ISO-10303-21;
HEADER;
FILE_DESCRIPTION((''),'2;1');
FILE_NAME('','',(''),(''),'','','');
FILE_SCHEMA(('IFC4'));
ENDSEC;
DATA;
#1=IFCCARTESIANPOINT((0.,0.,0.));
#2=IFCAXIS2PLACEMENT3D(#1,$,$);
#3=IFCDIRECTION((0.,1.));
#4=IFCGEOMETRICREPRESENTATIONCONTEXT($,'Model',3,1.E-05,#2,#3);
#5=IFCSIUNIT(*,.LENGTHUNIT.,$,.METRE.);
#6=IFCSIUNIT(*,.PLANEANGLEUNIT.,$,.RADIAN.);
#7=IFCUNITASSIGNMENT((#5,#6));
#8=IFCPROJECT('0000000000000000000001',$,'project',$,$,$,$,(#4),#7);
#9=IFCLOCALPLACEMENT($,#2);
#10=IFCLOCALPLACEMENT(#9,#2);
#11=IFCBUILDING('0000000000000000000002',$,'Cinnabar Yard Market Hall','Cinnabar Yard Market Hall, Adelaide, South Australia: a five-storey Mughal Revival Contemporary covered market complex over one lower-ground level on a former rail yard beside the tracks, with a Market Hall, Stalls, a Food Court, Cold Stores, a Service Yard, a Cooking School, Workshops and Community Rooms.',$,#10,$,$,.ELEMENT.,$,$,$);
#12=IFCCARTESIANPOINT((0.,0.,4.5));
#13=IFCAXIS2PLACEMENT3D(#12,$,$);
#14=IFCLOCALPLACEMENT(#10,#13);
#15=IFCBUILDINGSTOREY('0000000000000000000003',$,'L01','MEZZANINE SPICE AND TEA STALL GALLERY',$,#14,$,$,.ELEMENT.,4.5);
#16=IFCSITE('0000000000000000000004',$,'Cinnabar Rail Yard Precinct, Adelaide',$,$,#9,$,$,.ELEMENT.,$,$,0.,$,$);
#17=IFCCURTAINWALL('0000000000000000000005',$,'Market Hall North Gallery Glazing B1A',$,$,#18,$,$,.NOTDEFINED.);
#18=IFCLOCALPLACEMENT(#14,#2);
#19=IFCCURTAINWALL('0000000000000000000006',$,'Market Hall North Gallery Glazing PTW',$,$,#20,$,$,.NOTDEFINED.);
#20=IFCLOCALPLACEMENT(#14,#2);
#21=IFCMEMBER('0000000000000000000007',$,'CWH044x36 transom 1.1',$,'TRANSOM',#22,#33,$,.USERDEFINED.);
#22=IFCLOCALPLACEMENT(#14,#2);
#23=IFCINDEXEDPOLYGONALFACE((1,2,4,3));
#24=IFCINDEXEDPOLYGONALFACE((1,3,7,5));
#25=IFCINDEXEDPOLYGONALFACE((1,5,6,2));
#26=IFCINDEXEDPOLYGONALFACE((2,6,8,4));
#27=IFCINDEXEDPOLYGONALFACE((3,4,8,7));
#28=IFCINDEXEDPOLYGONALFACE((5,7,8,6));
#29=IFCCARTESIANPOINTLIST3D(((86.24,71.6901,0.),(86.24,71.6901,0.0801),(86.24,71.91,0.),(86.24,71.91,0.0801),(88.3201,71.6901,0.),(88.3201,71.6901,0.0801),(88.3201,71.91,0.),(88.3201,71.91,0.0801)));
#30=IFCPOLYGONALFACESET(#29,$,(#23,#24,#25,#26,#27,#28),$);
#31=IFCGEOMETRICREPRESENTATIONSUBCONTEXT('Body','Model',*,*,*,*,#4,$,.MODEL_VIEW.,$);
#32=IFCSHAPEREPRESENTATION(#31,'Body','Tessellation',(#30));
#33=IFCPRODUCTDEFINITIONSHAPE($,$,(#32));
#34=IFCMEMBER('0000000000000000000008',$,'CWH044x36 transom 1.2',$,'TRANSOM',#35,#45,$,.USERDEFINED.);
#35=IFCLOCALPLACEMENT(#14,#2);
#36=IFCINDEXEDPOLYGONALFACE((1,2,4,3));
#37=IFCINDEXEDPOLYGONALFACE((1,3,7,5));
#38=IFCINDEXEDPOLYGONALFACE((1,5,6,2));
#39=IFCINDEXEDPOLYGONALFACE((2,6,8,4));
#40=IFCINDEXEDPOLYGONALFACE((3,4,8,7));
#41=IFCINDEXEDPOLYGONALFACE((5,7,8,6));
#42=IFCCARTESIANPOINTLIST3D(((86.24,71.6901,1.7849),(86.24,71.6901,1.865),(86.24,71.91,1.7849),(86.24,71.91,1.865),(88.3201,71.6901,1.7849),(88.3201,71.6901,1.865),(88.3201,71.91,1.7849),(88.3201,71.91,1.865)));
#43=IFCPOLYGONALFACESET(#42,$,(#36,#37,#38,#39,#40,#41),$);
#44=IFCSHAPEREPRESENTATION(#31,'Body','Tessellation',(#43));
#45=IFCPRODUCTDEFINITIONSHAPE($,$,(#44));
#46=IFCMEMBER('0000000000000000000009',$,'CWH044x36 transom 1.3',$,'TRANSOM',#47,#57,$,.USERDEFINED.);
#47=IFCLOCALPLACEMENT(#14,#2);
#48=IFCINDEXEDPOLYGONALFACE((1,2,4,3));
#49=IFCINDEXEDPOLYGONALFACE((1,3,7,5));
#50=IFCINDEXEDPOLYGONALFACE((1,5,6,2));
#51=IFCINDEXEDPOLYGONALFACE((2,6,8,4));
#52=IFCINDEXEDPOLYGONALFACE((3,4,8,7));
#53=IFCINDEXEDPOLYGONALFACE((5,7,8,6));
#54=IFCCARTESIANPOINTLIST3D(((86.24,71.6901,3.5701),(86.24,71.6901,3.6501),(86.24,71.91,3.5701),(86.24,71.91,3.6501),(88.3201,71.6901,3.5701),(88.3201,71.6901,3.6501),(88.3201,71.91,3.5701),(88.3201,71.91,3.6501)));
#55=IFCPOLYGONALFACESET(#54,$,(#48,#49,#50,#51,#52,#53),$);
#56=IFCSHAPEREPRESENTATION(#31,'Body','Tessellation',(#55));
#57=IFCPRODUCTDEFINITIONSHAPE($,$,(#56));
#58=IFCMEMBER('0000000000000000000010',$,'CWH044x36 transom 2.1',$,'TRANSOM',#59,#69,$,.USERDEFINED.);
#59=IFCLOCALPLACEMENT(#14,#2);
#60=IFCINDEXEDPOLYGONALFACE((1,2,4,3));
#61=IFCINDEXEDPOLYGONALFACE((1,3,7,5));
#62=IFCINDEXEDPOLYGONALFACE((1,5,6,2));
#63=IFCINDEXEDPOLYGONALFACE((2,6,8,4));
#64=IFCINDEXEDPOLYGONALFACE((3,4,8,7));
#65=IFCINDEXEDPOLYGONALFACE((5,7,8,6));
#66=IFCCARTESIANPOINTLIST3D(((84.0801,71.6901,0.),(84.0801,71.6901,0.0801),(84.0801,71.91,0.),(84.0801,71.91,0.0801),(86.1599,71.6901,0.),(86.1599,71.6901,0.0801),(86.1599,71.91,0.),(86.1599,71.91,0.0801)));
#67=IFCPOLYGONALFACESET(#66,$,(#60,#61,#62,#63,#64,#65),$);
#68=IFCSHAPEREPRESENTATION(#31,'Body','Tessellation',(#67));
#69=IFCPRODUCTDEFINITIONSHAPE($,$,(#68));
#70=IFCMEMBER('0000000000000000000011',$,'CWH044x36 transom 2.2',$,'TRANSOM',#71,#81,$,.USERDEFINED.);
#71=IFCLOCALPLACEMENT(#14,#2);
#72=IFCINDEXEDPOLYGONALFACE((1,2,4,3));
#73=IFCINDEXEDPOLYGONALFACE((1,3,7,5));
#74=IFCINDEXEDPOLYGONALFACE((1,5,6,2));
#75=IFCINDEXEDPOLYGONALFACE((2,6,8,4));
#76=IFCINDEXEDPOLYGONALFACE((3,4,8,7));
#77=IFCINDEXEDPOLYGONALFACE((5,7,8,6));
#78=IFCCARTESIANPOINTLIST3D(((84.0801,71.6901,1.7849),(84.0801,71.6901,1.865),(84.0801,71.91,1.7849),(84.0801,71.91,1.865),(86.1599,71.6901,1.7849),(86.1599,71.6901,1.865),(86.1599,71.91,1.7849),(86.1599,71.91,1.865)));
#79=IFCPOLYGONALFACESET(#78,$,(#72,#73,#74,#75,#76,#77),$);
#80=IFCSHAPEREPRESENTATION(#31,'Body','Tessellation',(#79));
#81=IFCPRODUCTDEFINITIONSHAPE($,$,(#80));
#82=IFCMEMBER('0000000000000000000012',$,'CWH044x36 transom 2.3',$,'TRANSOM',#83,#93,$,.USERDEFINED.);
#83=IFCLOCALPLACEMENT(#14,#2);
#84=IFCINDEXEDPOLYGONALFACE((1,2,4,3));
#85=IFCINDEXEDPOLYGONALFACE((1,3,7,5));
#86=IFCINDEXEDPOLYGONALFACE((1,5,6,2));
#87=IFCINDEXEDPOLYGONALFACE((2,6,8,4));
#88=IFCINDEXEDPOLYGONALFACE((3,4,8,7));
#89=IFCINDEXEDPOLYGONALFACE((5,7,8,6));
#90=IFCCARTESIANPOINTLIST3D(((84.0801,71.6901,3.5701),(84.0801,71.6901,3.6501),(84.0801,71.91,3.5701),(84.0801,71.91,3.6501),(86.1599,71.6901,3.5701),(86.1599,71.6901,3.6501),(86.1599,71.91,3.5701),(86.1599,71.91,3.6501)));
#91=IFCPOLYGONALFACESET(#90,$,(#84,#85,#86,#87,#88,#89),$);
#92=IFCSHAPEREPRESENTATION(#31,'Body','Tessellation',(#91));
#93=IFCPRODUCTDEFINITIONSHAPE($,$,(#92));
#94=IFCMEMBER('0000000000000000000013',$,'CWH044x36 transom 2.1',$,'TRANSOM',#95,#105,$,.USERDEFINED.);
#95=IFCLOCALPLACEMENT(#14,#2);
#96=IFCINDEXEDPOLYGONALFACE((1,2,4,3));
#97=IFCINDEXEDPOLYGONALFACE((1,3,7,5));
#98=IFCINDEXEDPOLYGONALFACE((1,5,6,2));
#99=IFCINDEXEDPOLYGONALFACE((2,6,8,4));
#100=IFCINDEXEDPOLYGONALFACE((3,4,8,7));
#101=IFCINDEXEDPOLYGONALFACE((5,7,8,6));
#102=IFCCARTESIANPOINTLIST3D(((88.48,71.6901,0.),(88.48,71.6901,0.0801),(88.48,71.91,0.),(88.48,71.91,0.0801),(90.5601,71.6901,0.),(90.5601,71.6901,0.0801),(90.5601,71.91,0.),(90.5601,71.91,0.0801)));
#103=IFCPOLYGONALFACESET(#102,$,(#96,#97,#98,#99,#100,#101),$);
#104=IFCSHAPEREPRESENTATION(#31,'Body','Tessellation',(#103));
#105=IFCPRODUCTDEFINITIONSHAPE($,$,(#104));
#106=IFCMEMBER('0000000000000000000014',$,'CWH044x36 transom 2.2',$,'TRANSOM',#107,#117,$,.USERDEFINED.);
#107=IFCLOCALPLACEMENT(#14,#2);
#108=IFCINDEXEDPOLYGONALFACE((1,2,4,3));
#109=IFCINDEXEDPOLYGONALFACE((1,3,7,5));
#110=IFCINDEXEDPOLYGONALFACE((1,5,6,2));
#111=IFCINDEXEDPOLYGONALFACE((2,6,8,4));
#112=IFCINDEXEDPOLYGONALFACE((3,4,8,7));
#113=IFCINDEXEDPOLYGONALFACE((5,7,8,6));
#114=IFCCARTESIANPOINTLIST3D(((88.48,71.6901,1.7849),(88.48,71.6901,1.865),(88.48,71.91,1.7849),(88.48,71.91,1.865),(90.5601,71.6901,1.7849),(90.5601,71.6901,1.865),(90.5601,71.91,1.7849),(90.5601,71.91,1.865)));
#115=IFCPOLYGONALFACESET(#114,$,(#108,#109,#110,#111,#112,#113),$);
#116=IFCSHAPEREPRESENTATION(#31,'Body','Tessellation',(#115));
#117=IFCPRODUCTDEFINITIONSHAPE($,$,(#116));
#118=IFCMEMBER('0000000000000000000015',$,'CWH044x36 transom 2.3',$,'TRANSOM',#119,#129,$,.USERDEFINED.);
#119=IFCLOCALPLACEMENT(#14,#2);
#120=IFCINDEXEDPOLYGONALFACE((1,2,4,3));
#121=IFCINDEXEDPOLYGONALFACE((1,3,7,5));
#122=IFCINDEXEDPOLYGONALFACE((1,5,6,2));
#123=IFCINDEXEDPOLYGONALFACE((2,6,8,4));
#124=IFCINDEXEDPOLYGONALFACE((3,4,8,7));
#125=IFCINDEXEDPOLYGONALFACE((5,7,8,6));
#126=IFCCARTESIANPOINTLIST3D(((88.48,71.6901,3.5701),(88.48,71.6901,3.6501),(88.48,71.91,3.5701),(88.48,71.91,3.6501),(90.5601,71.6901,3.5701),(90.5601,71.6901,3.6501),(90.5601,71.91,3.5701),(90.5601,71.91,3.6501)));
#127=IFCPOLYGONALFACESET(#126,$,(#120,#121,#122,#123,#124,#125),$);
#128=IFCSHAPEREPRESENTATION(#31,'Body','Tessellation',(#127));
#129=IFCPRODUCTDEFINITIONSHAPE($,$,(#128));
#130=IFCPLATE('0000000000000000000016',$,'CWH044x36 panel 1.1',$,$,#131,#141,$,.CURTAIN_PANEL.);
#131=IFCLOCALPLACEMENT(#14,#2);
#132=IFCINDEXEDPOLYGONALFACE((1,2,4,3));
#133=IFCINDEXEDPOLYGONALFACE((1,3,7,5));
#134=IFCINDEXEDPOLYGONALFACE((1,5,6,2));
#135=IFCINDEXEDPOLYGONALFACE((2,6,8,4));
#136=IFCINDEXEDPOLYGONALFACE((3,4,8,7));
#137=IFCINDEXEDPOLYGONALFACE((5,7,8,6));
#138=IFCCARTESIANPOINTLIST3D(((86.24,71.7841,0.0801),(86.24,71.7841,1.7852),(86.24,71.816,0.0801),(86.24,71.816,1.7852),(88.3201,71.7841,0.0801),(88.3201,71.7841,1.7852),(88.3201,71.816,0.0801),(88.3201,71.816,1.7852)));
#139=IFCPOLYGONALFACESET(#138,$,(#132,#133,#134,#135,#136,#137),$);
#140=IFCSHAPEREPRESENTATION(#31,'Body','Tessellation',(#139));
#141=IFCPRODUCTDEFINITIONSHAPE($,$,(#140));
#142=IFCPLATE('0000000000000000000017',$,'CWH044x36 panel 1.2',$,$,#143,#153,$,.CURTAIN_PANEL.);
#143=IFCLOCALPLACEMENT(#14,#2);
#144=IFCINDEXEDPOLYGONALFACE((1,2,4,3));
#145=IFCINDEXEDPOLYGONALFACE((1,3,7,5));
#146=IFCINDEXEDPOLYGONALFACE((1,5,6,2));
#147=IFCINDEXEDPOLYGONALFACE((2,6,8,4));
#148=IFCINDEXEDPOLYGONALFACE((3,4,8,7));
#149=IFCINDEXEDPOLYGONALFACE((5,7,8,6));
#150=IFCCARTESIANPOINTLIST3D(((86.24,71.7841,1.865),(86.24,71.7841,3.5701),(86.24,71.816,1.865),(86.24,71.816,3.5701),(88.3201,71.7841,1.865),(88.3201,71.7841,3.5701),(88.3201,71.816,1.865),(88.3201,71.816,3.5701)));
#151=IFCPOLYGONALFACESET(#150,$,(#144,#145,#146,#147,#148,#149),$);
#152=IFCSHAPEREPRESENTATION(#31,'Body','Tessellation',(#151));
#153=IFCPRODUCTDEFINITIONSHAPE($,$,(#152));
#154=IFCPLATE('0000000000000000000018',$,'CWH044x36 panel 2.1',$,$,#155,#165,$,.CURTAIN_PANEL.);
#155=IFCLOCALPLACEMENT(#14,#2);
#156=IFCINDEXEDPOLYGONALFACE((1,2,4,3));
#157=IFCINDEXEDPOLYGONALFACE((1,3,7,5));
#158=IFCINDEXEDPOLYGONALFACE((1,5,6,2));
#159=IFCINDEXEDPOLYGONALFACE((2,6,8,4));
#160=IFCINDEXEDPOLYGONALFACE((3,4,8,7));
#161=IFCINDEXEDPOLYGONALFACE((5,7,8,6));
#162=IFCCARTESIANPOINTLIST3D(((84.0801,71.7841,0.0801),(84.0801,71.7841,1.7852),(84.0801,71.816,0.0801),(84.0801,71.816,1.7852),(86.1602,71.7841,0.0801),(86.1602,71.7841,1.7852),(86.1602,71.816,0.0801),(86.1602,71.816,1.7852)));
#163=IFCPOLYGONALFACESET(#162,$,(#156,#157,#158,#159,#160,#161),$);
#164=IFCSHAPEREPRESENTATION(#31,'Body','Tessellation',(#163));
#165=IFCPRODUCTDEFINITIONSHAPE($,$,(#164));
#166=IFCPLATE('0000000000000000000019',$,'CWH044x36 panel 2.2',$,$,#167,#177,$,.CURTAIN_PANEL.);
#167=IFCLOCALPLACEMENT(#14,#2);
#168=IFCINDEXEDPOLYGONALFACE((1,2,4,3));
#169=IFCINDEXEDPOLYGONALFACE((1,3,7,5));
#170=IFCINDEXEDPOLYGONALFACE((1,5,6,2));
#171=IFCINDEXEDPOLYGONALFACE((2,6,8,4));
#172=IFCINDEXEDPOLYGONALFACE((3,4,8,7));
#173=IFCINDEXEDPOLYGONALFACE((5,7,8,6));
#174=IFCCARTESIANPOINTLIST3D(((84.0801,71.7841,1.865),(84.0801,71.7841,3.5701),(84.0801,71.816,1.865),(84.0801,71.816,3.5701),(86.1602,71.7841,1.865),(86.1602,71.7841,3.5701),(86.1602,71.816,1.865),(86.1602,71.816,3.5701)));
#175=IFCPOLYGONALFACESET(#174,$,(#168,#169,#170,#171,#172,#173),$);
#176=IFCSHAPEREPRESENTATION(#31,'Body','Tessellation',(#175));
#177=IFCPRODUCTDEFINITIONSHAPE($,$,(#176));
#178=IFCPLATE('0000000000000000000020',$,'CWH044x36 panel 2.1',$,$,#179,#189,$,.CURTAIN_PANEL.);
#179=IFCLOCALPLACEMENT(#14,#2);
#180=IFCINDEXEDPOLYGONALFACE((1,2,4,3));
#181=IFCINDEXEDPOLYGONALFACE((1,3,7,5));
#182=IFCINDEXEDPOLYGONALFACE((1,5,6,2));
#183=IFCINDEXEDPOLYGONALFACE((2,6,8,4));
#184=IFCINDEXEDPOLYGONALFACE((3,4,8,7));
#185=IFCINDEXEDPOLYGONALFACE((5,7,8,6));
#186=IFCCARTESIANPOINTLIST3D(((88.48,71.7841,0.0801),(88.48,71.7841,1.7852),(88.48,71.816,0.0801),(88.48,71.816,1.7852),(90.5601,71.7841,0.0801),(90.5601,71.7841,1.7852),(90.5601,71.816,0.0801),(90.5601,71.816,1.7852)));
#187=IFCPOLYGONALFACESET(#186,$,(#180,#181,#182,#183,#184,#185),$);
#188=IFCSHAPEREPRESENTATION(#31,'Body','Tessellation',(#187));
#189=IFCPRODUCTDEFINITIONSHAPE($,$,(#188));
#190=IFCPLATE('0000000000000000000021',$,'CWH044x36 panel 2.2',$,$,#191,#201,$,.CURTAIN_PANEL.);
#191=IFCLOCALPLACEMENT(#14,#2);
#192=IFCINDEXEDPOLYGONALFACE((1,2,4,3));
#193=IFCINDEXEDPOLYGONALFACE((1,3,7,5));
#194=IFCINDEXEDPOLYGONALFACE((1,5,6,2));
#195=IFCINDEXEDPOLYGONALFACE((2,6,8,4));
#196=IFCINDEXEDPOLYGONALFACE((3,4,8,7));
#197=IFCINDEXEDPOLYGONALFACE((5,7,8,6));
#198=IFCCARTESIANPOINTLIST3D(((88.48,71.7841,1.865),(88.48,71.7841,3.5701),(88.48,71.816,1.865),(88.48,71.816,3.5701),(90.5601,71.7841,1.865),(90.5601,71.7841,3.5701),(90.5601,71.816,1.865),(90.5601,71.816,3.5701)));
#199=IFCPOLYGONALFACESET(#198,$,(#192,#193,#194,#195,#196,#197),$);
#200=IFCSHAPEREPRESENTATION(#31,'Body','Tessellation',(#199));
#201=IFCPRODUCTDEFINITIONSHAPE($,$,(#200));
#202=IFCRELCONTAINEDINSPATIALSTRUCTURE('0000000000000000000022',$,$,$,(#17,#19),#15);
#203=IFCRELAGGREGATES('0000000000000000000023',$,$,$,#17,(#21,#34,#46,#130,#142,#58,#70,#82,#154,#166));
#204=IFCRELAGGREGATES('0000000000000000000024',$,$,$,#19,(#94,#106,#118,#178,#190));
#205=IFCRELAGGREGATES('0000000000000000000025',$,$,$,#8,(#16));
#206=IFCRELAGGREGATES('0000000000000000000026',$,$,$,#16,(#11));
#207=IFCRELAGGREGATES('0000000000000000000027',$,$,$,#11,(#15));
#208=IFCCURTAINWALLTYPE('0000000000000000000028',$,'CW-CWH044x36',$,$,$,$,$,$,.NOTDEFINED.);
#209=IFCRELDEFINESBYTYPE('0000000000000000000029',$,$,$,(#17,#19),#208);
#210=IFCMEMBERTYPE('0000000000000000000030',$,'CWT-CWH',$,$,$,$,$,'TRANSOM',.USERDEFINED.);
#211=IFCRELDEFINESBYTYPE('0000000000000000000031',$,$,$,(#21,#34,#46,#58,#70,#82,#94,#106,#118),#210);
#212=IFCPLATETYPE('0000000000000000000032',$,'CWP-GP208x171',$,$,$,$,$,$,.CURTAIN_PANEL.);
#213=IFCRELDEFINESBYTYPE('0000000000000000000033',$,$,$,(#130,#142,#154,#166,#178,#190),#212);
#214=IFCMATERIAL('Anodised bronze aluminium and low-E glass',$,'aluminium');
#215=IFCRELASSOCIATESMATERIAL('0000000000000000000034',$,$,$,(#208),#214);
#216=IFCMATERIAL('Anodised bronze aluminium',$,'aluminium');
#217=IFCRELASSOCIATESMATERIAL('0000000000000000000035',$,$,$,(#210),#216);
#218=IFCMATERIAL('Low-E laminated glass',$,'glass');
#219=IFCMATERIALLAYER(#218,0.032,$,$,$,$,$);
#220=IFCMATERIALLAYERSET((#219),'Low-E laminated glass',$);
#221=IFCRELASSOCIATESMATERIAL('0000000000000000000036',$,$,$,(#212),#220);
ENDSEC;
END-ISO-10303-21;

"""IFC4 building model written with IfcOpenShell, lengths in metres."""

from ifc_helpers import new_model, si_unit, direction, frame, origin, origin_2d_with_axis, place, context, subcontext, project, spatial, rectangle, extrude, material, layer, layer_set, material_profile, profile_set, type_object, element, aggregate, save


model = new_model("IFC4")

# Units and contexts
model_context = context("Model", 3, precision=1e-05, world=origin(), true_north=direction((0.0, 1.0)))
body_context = subcontext(model_context, "Body", "Model", "MODEL_VIEW")
ifc_project = project(units=[si_unit("LENGTHUNIT", "METRE"), si_unit("PLANEANGLEUNIT", "RADIAN")], contexts=[model_context])

# Site, building, storey
site_placement = place(None, origin())
site = spatial("IfcSite", under=ifc_project, at=site_placement, Name="Cinnabar Rail Yard Precinct, Adelaide", CompositionType="ELEMENT", RefElevation=0.0)
building_placement = place(site_placement, origin())
building = spatial("IfcBuilding", under=site, at=building_placement, Name="Cinnabar Yard Market Hall", Description="Cinnabar Yard Market Hall, Adelaide, South Australia: a five-storey Mughal Revival Contemporary covered market complex over one lower-ground level on a former rail yard beside the tracks, with a Market Hall, Stalls, a Food Court, Cold Stores, a Service Yard, a Cooking School, Workshops and Community Rooms.", CompositionType="ELEMENT")
storey_placement = place(building_placement, frame((0.0, 0.0, 4.5)))
storey = spatial("IfcBuildingStorey", under=building, at=storey_placement, Name="L01", Description="MEZZANINE SPICE AND TEA STALL GALLERY", CompositionType="ELEMENT", Elevation=4.5)

# Shared definitions
ifc_material_1 = material(Name="Anodised bronze aluminium", Category="aluminium")

# Curtain walls
ifc_material_2 = material(Name="Anodised bronze aluminium and low-E glass", Category="aluminium")
curtain_wall_type_1 = type_object("IfcCurtainWallType", Name="CW-CWH044x36", PredefinedType="NOTDEFINED", material=ifc_material_2)
curtain_wall_1_placement = place(storey_placement, origin())
curtain_wall_1 = element("IfcCurtainWall", 1, at=curtain_wall_1_placement, inside=storey, type_object=curtain_wall_type_1, Name="Market Hall North Gallery Glazing B1A", PredefinedType="NOTDEFINED")
curtain_wall_2_placement = place(storey_placement, origin())
curtain_wall_2 = element("IfcCurtainWall", 2, at=curtain_wall_2_placement, inside=storey, type_object=curtain_wall_type_1, Name="Market Hall North Gallery Glazing PTW", PredefinedType="NOTDEFINED")

# Members
ifc_material_profile_1 = material_profile(ifc_material_1, rectangle(XDim=0.22, YDim=0.0801, at=origin_2d_with_axis()), Name="TRN-CWH")
ifc_profile_set_1 = profile_set([ifc_material_profile_1], Name="Anodised bronze aluminium")
member_type_1 = type_object("IfcMemberType", Name="CWT-CWH", ElementType="TRANSOM", PredefinedType="USERDEFINED", material=ifc_profile_set_1)
member_1_placement = place(storey_placement, frame((88.3201, 71.8, 0.04), z_axis=(-1.0, 0.0, 0.0), x_axis=(0.0, -1.0, 0.0)))
member_1 = element("IfcMember", 3, at=member_1_placement, type_object=member_type_1, Name="CWH044x36 transom 1.1", ObjectType="TRANSOM", PredefinedType="USERDEFINED", context=body_context, shape_type="SweptSolid", body=[
    extrude(rectangle(XDim=0.22, YDim=0.0801, at=origin_2d_with_axis()), origin(), (0.0, 0.0, 1.0), 2.0801),
])
member_2_placement = place(storey_placement, frame((88.3201, 71.8, 1.825), z_axis=(-1.0, 0.0, 0.0), x_axis=(0.0, -1.0, 0.0)))
member_2 = element("IfcMember", 4, at=member_2_placement, type_object=member_type_1, Name="CWH044x36 transom 1.2", ObjectType="TRANSOM", PredefinedType="USERDEFINED", context=body_context, shape_type="SweptSolid", body=[
    extrude(rectangle(XDim=0.22, YDim=0.0801, at=origin_2d_with_axis()), origin(), (0.0, 0.0, 1.0), 2.0801),
])
member_3_placement = place(storey_placement, frame((88.3201, 71.8, 3.6101), z_axis=(-1.0, 0.0, 0.0), x_axis=(0.0, -1.0, 0.0)))
member_3 = element("IfcMember", 5, at=member_3_placement, type_object=member_type_1, Name="CWH044x36 transom 1.3", ObjectType="TRANSOM", PredefinedType="USERDEFINED", context=body_context, shape_type="SweptSolid", body=[
    extrude(rectangle(XDim=0.22, YDim=0.0801, at=origin_2d_with_axis()), origin(), (0.0, 0.0, 1.0), 2.0801),
])
member_4_placement = place(storey_placement, frame((86.1599, 71.8, 0.04), z_axis=(-1.0, 0.0, 0.0), x_axis=(0.0, -1.0, 0.0)))
member_4 = element("IfcMember", 6, at=member_4_placement, type_object=member_type_1, Name="CWH044x36 transom 2.1", ObjectType="TRANSOM", PredefinedType="USERDEFINED", context=body_context, shape_type="SweptSolid", body=[
    extrude(rectangle(XDim=0.22, YDim=0.0801, at=origin_2d_with_axis()), origin(), (0.0, 0.0, 1.0), 2.0798),
])
member_5_placement = place(storey_placement, frame((86.1599, 71.8, 1.825), z_axis=(-1.0, 0.0, 0.0), x_axis=(0.0, -1.0, 0.0)))
member_5 = element("IfcMember", 7, at=member_5_placement, type_object=member_type_1, Name="CWH044x36 transom 2.2", ObjectType="TRANSOM", PredefinedType="USERDEFINED", context=body_context, shape_type="SweptSolid", body=[
    extrude(rectangle(XDim=0.22, YDim=0.0801, at=origin_2d_with_axis()), origin(), (0.0, 0.0, 1.0), 2.0798),
])
member_6_placement = place(storey_placement, frame((86.1599, 71.8, 3.6101), z_axis=(-1.0, 0.0, 0.0), x_axis=(0.0, -1.0, 0.0)))
member_6 = element("IfcMember", 8, at=member_6_placement, type_object=member_type_1, Name="CWH044x36 transom 2.3", ObjectType="TRANSOM", PredefinedType="USERDEFINED", context=body_context, shape_type="SweptSolid", body=[
    extrude(rectangle(XDim=0.22, YDim=0.0801, at=origin_2d_with_axis()), origin(), (0.0, 0.0, 1.0), 2.0798),
])
member_7_placement = place(storey_placement, frame((90.5601, 71.8, 0.04), z_axis=(-1.0, 0.0, 0.0), x_axis=(0.0, -1.0, 0.0)))
member_7 = element("IfcMember", 9, at=member_7_placement, type_object=member_type_1, Name="CWH044x36 transom 2.1", ObjectType="TRANSOM", PredefinedType="USERDEFINED", context=body_context, shape_type="SweptSolid", body=[
    extrude(rectangle(XDim=0.22, YDim=0.0801, at=origin_2d_with_axis()), origin(), (0.0, 0.0, 1.0), 2.0801),
])
member_8_placement = place(storey_placement, frame((90.5601, 71.8, 1.825), z_axis=(-1.0, 0.0, 0.0), x_axis=(0.0, -1.0, 0.0)))
member_8 = element("IfcMember", 10, at=member_8_placement, type_object=member_type_1, Name="CWH044x36 transom 2.2", ObjectType="TRANSOM", PredefinedType="USERDEFINED", context=body_context, shape_type="SweptSolid", body=[
    extrude(rectangle(XDim=0.22, YDim=0.0801, at=origin_2d_with_axis()), origin(), (0.0, 0.0, 1.0), 2.0801),
])
member_9_placement = place(storey_placement, frame((90.5601, 71.8, 3.6101), z_axis=(-1.0, 0.0, 0.0), x_axis=(0.0, -1.0, 0.0)))
member_9 = element("IfcMember", 11, at=member_9_placement, type_object=member_type_1, Name="CWH044x36 transom 2.3", ObjectType="TRANSOM", PredefinedType="USERDEFINED", context=body_context, shape_type="SweptSolid", body=[
    extrude(rectangle(XDim=0.22, YDim=0.0801, at=origin_2d_with_axis()), origin(), (0.0, 0.0, 1.0), 2.0801),
])

# Plates
ifc_material_3 = material(Name="Low-E laminated glass", Category="glass")
ifc_layer_1 = layer(ifc_material_3, 0.032)
ifc_layer_set_1 = layer_set([ifc_layer_1], Name="Low-E laminated glass")
plate_type = type_object("IfcPlateType", Name="CWP-GP208x171", PredefinedType="CURTAIN_PANEL", material=ifc_layer_set_1)
plate_1_placement = place(storey_placement, frame((87.28, 71.8, 0.0801), z_axis=(0.0, 0.0, 1.0), x_axis=(-1.0, 0.0, 0.0)))
plate_1 = element("IfcPlate", 12, at=plate_1_placement, type_object=plate_type, Name="CWH044x36 panel 1.1", PredefinedType="CURTAIN_PANEL", context=body_context, shape_type="SweptSolid", body=[
    extrude(rectangle(XDim=2.0801, YDim=0.032, at=origin_2d_with_axis()), origin(), (0.0, 0.0, 1.0), 1.7051),
])
plate_2_placement = place(storey_placement, frame((87.28, 71.8, 1.865), z_axis=(0.0, 0.0, 1.0), x_axis=(-1.0, 0.0, 0.0)))
plate_2 = element("IfcPlate", 13, at=plate_2_placement, type_object=plate_type, Name="CWH044x36 panel 1.2", PredefinedType="CURTAIN_PANEL", context=body_context, shape_type="SweptSolid", body=[
    extrude(rectangle(XDim=2.0801, YDim=0.032, at=origin_2d_with_axis()), origin(), (0.0, 0.0, 1.0), 1.7051),
])
plate_3_placement = place(storey_placement, frame((85.1201, 71.8, 0.0801), z_axis=(0.0, 0.0, 1.0), x_axis=(-1.0, 0.0, 0.0)))
plate_3 = element("IfcPlate", 14, at=plate_3_placement, type_object=plate_type, Name="CWH044x36 panel 2.1", PredefinedType="CURTAIN_PANEL", context=body_context, shape_type="SweptSolid", body=[
    extrude(rectangle(XDim=2.0801, YDim=0.032, at=origin_2d_with_axis()), origin(), (0.0, 0.0, 1.0), 1.7051),
])
plate_4_placement = place(storey_placement, frame((85.1201, 71.8, 1.865), z_axis=(0.0, 0.0, 1.0), x_axis=(-1.0, 0.0, 0.0)))
plate_4 = element("IfcPlate", 15, at=plate_4_placement, type_object=plate_type, Name="CWH044x36 panel 2.2", PredefinedType="CURTAIN_PANEL", context=body_context, shape_type="SweptSolid", body=[
    extrude(rectangle(XDim=2.0801, YDim=0.032, at=origin_2d_with_axis()), origin(), (0.0, 0.0, 1.0), 1.7051),
])
aggregate(curtain_wall_1, [member_1, member_2, member_3, plate_1, plate_2, member_4, member_5, member_6, plate_3, plate_4])
plate_5_placement = place(storey_placement, frame((89.52, 71.8, 0.0801), z_axis=(0.0, 0.0, 1.0), x_axis=(-1.0, 0.0, 0.0)))
plate_5 = element("IfcPlate", 16, at=plate_5_placement, type_object=plate_type, Name="CWH044x36 panel 2.1", PredefinedType="CURTAIN_PANEL", context=body_context, shape_type="SweptSolid", body=[
    extrude(rectangle(XDim=2.0801, YDim=0.032, at=origin_2d_with_axis()), origin(), (0.0, 0.0, 1.0), 1.7051),
])
plate_6_placement = place(storey_placement, frame((89.52, 71.8, 1.865), z_axis=(0.0, 0.0, 1.0), x_axis=(-1.0, 0.0, 0.0)))
plate_6 = element("IfcPlate", 17, at=plate_6_placement, type_object=plate_type, Name="CWH044x36 panel 2.2", PredefinedType="CURTAIN_PANEL", context=body_context, shape_type="SweptSolid", body=[
    extrude(rectangle(XDim=2.0801, YDim=0.032, at=origin_2d_with_axis()), origin(), (0.0, 0.0, 1.0), 1.7051),
])
aggregate(curtain_wall_2, [member_7, member_8, member_9, plate_5, plate_6])

save(model, "model.ifc")
